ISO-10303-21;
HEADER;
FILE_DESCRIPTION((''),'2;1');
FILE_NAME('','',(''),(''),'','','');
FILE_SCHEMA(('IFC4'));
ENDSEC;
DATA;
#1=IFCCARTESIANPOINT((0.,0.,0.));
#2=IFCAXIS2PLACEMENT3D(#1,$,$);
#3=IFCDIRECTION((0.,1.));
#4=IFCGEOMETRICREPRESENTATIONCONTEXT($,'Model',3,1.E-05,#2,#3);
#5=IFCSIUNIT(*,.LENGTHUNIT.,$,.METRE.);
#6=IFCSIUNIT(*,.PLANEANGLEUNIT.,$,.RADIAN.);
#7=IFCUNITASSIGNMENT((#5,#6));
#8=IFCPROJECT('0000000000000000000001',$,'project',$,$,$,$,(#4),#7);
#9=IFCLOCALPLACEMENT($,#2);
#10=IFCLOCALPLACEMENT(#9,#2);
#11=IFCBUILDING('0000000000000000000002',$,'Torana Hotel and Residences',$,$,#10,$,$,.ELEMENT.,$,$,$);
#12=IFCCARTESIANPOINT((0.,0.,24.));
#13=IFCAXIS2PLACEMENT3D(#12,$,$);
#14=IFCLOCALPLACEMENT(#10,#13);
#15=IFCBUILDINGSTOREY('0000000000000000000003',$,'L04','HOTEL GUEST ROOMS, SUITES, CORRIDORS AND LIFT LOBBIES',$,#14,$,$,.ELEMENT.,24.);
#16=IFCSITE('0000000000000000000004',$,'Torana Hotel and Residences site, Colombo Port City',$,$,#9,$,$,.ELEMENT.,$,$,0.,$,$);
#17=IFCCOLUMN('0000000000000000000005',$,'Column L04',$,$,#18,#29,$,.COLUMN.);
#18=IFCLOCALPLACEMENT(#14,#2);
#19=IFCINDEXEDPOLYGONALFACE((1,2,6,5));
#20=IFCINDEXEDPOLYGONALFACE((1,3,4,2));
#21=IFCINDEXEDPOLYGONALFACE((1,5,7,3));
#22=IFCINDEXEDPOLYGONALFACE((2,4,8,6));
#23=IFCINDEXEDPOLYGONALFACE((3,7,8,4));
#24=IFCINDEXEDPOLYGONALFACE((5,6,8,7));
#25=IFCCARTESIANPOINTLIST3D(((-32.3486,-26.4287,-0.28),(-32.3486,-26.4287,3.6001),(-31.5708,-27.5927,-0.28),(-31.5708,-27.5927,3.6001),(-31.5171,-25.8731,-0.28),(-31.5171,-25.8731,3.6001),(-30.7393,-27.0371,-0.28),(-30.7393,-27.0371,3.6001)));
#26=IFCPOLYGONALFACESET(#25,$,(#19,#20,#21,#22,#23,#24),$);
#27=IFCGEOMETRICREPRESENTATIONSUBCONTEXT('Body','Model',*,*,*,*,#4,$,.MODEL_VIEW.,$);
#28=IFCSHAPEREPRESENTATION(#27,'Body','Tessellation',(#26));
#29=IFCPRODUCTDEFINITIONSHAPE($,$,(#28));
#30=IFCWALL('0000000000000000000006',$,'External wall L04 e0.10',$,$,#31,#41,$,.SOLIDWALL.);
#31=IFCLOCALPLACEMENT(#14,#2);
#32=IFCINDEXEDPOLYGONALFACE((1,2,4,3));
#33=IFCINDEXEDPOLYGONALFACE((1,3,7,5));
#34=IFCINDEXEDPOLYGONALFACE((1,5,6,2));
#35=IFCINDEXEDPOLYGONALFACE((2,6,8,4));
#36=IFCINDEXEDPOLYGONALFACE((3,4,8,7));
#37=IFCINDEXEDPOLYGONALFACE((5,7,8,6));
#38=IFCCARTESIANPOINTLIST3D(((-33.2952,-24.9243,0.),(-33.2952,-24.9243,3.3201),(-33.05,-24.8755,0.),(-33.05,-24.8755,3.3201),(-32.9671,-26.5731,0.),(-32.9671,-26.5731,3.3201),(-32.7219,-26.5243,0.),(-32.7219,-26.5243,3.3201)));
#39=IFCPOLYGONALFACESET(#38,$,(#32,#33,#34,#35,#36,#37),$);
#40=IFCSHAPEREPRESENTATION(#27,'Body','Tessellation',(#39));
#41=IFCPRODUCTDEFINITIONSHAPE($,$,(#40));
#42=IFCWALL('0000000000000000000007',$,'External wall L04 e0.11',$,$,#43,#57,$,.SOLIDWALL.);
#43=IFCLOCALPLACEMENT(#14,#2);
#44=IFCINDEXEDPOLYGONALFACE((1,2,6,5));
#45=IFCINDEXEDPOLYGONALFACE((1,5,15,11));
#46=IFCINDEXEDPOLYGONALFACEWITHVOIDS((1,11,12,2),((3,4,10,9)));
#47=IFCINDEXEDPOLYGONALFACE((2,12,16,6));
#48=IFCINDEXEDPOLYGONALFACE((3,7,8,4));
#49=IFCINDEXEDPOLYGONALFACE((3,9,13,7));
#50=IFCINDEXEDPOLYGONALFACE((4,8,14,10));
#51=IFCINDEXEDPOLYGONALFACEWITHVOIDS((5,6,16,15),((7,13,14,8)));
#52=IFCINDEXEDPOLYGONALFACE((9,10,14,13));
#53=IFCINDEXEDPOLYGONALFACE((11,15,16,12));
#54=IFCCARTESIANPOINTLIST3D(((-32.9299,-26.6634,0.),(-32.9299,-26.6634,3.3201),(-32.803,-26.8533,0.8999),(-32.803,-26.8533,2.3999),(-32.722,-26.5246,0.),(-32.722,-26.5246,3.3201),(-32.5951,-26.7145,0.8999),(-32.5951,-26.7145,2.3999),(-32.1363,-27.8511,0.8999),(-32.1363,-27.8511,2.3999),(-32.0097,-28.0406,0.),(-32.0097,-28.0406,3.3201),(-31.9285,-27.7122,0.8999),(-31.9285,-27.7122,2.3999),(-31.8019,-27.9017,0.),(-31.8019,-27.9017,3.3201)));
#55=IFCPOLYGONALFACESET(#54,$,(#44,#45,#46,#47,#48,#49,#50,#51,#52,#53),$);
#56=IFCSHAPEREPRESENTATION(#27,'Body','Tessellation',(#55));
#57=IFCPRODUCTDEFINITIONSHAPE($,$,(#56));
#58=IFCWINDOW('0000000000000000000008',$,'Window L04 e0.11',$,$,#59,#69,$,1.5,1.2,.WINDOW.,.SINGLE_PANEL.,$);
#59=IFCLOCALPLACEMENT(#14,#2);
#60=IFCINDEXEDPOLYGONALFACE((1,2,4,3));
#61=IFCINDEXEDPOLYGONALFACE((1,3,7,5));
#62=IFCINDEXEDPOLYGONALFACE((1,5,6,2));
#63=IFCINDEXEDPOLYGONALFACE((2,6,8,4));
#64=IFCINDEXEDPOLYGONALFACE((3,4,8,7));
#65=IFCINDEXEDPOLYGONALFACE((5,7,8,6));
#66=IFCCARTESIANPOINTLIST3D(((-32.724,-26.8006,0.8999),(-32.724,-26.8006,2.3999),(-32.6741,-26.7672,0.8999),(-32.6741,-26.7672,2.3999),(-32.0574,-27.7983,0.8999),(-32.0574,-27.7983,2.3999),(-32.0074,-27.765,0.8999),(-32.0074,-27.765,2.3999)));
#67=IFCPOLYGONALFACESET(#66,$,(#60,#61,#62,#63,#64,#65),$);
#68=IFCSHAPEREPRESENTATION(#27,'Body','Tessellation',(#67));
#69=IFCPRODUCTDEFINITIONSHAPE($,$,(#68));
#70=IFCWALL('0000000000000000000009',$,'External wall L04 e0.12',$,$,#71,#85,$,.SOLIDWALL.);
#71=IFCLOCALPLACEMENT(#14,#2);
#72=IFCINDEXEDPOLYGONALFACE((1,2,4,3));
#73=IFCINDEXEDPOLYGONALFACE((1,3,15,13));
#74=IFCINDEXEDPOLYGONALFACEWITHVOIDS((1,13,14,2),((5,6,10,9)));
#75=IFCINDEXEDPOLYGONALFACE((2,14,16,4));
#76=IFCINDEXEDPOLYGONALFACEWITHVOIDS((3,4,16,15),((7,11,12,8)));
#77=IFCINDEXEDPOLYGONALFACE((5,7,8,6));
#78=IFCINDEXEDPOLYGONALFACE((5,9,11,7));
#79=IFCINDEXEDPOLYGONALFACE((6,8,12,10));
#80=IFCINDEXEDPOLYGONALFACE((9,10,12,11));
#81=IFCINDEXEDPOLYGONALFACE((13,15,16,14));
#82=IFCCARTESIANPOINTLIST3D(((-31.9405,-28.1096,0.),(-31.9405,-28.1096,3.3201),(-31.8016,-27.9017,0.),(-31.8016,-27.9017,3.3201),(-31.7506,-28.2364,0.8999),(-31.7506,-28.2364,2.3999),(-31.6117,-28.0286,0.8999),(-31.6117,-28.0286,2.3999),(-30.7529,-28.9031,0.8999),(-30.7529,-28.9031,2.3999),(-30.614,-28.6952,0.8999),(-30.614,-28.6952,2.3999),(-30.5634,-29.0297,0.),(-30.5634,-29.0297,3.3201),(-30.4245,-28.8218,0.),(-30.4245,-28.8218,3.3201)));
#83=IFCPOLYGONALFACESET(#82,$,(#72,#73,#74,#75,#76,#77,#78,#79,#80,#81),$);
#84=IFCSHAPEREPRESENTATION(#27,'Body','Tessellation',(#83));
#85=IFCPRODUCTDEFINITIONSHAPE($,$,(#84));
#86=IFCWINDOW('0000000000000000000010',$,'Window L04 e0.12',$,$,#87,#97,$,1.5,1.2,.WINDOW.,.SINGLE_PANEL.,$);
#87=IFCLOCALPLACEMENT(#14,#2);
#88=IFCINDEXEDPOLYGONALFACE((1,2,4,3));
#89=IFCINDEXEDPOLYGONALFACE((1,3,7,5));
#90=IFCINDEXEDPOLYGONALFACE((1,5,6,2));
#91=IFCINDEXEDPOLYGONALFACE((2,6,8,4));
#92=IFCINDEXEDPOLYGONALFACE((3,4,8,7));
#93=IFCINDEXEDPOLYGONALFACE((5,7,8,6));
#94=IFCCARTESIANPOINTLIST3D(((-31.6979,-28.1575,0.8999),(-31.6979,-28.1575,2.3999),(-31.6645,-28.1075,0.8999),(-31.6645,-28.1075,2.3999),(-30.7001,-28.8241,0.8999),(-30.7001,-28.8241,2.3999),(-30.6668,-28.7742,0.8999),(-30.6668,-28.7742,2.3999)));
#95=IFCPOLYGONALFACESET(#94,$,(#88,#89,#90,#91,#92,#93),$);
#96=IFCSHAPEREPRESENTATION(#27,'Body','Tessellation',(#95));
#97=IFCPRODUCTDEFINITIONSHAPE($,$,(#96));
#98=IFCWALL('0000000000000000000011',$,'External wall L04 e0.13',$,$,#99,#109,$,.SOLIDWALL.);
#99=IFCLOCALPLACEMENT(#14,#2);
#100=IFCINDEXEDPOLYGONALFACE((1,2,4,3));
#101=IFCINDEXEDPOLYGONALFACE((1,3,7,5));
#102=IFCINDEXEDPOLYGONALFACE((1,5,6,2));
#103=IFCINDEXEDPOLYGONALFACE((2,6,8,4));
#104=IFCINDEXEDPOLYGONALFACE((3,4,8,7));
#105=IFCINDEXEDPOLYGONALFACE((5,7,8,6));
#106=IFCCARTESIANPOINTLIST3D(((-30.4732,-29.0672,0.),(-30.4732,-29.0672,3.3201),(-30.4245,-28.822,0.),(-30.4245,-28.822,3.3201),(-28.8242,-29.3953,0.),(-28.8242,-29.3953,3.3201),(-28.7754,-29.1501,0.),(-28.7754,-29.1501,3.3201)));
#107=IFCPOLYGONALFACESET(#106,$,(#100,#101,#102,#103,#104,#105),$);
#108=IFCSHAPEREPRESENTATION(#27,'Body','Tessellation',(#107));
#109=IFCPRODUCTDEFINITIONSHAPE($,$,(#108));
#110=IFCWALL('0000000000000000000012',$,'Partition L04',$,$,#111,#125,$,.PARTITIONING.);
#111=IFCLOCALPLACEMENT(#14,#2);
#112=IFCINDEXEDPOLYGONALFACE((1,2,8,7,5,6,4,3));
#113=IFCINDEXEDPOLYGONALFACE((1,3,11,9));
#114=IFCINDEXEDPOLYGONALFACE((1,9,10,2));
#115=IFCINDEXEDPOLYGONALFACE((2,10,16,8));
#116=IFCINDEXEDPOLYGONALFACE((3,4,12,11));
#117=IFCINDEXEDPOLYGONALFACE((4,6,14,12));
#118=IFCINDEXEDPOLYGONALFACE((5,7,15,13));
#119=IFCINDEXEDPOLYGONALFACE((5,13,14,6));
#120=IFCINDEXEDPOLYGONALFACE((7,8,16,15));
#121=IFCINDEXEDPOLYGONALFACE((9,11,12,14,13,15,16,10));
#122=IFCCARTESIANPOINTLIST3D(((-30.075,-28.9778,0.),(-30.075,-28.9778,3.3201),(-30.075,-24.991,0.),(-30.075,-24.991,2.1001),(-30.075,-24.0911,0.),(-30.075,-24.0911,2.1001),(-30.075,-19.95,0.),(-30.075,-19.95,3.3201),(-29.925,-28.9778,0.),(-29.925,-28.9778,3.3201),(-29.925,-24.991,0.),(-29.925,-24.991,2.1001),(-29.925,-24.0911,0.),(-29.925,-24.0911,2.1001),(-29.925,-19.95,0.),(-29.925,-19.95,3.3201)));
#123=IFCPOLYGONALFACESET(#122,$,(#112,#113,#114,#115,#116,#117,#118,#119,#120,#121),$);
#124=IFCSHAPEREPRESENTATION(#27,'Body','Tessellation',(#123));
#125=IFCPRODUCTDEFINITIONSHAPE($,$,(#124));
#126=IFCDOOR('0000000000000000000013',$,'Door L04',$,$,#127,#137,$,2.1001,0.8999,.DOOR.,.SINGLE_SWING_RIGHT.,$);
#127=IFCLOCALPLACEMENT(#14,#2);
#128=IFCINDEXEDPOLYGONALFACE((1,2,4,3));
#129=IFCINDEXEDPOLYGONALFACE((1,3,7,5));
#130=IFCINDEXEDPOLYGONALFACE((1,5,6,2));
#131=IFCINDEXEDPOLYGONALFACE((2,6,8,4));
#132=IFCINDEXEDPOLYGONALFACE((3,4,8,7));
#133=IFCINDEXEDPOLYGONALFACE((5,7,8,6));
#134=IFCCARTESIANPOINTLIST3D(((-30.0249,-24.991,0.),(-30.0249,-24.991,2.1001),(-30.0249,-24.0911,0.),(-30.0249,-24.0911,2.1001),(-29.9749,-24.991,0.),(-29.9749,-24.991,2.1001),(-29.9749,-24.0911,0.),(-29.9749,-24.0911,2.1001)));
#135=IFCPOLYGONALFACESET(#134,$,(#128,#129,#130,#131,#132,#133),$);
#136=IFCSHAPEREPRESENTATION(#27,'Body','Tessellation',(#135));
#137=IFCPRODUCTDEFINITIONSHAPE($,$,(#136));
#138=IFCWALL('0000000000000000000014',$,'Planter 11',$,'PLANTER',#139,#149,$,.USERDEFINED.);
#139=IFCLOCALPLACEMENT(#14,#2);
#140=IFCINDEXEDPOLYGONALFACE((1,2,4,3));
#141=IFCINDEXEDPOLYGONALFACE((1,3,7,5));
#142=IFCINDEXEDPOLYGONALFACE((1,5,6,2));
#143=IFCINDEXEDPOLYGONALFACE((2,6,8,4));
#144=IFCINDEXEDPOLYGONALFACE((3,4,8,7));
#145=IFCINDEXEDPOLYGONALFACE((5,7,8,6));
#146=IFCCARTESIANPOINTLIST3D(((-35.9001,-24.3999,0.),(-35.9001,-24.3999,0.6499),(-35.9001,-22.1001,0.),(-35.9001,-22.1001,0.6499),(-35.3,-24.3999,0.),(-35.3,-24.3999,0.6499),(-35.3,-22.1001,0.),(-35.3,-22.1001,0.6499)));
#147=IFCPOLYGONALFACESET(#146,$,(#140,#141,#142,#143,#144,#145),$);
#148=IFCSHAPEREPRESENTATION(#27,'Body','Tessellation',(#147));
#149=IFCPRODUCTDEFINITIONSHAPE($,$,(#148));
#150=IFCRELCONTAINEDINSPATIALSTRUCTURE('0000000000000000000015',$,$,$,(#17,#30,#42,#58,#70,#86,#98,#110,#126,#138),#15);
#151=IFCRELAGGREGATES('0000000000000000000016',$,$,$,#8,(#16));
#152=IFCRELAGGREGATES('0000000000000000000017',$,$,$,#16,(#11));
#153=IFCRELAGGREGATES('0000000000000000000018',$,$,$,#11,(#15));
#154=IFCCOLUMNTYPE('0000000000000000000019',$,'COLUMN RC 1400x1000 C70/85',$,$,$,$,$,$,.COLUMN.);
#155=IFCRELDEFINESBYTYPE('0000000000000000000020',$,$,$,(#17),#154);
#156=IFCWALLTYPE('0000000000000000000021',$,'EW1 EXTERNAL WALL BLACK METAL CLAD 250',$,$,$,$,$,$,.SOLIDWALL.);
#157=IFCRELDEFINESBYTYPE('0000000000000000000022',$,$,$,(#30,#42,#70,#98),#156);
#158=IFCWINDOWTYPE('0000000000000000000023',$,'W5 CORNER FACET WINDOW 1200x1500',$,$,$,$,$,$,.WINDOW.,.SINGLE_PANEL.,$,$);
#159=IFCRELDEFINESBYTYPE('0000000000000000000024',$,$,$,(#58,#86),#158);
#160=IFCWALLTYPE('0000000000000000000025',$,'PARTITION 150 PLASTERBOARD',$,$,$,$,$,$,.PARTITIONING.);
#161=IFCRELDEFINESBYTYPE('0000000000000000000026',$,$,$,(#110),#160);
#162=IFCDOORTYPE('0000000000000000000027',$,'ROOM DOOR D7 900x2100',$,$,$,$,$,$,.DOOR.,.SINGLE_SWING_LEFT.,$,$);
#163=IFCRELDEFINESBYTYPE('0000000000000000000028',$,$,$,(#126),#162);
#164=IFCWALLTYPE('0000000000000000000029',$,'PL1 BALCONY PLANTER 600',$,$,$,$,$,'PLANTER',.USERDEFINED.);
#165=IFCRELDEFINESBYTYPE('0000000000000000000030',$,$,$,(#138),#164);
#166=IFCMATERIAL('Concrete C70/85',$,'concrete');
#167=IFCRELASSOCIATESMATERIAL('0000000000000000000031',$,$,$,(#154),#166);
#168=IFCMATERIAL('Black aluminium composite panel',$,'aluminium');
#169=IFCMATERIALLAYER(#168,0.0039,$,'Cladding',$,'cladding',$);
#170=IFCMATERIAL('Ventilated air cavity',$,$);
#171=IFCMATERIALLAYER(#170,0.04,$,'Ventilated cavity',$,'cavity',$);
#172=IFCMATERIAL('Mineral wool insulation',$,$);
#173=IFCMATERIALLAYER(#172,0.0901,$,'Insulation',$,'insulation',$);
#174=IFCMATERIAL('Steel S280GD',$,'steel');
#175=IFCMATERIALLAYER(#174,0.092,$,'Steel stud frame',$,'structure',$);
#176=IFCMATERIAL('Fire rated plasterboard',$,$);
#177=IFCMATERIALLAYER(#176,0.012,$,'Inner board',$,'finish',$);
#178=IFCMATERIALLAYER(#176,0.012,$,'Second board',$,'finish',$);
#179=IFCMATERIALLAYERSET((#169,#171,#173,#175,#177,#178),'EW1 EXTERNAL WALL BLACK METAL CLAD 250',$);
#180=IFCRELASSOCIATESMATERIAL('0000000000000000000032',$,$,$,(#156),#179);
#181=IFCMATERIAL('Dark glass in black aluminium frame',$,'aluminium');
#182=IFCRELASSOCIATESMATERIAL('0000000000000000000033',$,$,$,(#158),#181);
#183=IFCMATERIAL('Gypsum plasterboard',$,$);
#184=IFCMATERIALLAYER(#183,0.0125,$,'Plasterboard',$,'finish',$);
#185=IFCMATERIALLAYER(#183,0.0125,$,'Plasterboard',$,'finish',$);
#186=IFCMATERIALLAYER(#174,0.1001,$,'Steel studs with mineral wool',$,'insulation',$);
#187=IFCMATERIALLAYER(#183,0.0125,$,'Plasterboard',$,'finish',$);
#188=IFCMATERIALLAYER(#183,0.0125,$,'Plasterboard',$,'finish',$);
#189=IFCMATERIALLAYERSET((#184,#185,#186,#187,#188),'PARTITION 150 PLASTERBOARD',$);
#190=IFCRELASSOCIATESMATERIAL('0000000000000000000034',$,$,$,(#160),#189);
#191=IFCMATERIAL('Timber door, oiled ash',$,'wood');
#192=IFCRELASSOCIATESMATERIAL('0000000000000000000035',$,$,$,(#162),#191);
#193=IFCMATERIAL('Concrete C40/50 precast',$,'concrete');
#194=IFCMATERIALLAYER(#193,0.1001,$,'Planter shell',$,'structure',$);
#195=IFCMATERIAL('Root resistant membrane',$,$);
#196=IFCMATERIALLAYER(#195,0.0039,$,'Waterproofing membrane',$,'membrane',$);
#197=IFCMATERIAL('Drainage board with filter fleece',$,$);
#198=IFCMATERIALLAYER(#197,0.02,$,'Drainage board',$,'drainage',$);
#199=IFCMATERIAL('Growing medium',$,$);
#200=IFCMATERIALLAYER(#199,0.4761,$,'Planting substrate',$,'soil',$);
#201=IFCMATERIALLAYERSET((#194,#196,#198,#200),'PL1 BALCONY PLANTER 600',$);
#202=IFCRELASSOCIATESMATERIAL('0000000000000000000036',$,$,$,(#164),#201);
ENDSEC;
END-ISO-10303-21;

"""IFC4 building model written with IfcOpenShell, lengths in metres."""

from ifc_helpers import new_model, si_unit, direction, frame, frame_2d, origin, origin_2d, place, context, subcontext, project, spatial, rectangle, extrude, material, layer, layer_set, material_profile, profile_set, type_object, element, fill, save


model = new_model("IFC4")

# Units and contexts
model_context = context("Model", 3, precision=1e-05, world=origin(), true_north=direction((0.0, 1.0)))
body_context = subcontext(model_context, "Body", "Model", "MODEL_VIEW")
ifc_project = project(units=[si_unit("LENGTHUNIT", "METRE"), si_unit("PLANEANGLEUNIT", "RADIAN")], contexts=[model_context])

# Site, building, storey
site_placement = place(None, origin())
site = spatial("IfcSite", under=ifc_project, at=site_placement, Name="Torana Hotel and Residences site, Colombo Port City", CompositionType="ELEMENT", RefElevation=0.0)
building_placement = place(site_placement, origin())
building = spatial("IfcBuilding", under=site, at=building_placement, Name="Torana Hotel and Residences", CompositionType="ELEMENT")
storey_placement = place(building_placement, frame((0.0, 0.0, 24.0)))
storey = spatial("IfcBuildingStorey", under=building, at=storey_placement, Name="L04", Description="HOTEL GUEST ROOMS, SUITES, CORRIDORS AND LIFT LOBBIES", CompositionType="ELEMENT", Elevation=24.0)

# Column
ifc_material_1 = material(Name="Concrete C70/85", Category="concrete")
ifc_material_profile = material_profile(ifc_material_1, rectangle(XDim=1.3999, YDim=1.0, at=origin_2d()), Name="RC 1400x1000")
ifc_profile_set = profile_set([ifc_material_profile], Name="Concrete C70/85")
column_type = type_object("IfcColumnType", Name="COLUMN RC 1400x1000 C70/85", PredefinedType="COLUMN", material=ifc_profile_set)
column_placement = place(storey_placement, frame((-31.5439, -26.7329, -0.28), z_axis=(0.0, 0.0, 1.0), x_axis=(-0.555585, 0.83146, 0.0)))
element("IfcColumn", 1, at=column_placement, inside=storey, type_object=column_type, Name="Column L04", PredefinedType="COLUMN", context=body_context, shape_type="SweptSolid", body=[
    extrude(rectangle(XDim=1.3999, YDim=1.0, at=origin_2d()), origin(), (0.0, 0.0, 1.0), 3.8801),
])

# Wall
ifc_material_2 = material(Name="Black aluminium composite panel", Category="aluminium")
ifc_layer_1 = layer(ifc_material_2, 0.0039, Name="Cladding", Category="cladding")
ifc_material_3 = material(Name="Ventilated air cavity")
ifc_layer_2 = layer(ifc_material_3, 0.04, Name="Ventilated cavity", Category="cavity")
ifc_material_4 = material(Name="Mineral wool insulation")
ifc_layer_3 = layer(ifc_material_4, 0.0901, Name="Insulation", Category="insulation")
ifc_material_5 = material(Name="Steel S280GD", Category="steel")
ifc_layer_4 = layer(ifc_material_5, 0.092, Name="Steel stud frame", Category="structure")
ifc_material_6 = material(Name="Fire rated plasterboard")
ifc_layer_5 = layer(ifc_material_6, 0.012, Name="Inner board", Category="finish")
ifc_layer_6 = layer(ifc_material_6, 0.012, Name="Second board", Category="finish")
ifc_layer_set_1 = layer_set([ifc_layer_1, ifc_layer_2, ifc_layer_3, ifc_layer_4, ifc_layer_5, ifc_layer_6], Name="EW1 EXTERNAL WALL BLACK METAL CLAD 250")
wall_type_1 = type_object("IfcWallType", Name="EW1 EXTERNAL WALL BLACK METAL CLAD 250", PredefinedType="SOLIDWALL", material=ifc_layer_set_1)
wall_1_placement = place(storey_placement, frame((-33.1726, -24.8999, 0.0), z_axis=(0.0, 0.0, 1.0), x_axis=(0.195167, -0.98077, 0.0)))
element("IfcWall", 2, at=wall_1_placement, inside=storey, type_object=wall_type_1, Name="External wall L04 e0.10", PredefinedType="SOLIDWALL", context=body_context, shape_type="SweptSolid", body=[
    extrude(rectangle(XDim=1.6812, YDim=0.25, at=frame_2d((0.8406, 0.0))), origin(), (0.0, 0.0, 1.0), 3.3201),
])

# Walls, openings, windows
wall_2_placement = place(storey_placement, frame((-32.8259, -26.594, 0.0), z_axis=(0.0, 0.0, 1.0), x_axis=(0.55555, -0.831483, 0.0)))
wall_2 = element("IfcWall", 3, at=wall_2_placement, inside=storey, type_object=wall_type_1, Name="External wall L04 e0.11", PredefinedType="SOLIDWALL", context=body_context, shape_type="SweptSolid", body=[
    extrude(rectangle(XDim=1.6562, YDim=0.25, at=frame_2d((0.8281, 0.0))), origin(), (0.0, 0.0, 1.0), 3.3201),
])
opening_1_placement = place(wall_2_placement, frame((0.2283, 0.0, 0.8999)))
opening_1 = element("IfcOpeningElement", 4, at=opening_1_placement, cuts=wall_2, PredefinedType="OPENING", context=body_context, shape_type="SweptSolid", body=[
    extrude(rectangle(XDim=1.2, YDim=1.5, at=frame_2d((0.6001, 0.75))), frame((0.0, 0.135, 0.0), z_axis=(0.0, -1.0, 0.0), x_axis=(1.0, 0.0, 0.0)), (0.0, 0.0, 1.0), 0.27),
])
ifc_material_7 = material(Name="Dark glass in black aluminium frame", Category="aluminium")
window_type = type_object("IfcWindowType", Name="W5 CORNER FACET WINDOW 1200x1500", PartitioningType="SINGLE_PANEL", PredefinedType="WINDOW", material=ifc_material_7)
window_1_placement = place(opening_1_placement, origin())
window_1 = element("IfcWindow", 5, at=window_1_placement, inside=storey, type_object=window_type, Name="Window L04 e0.11", OverallHeight=1.5, OverallWidth=1.2, PartitioningType="SINGLE_PANEL", PredefinedType="WINDOW", context=body_context, shape_type="SweptSolid", body=[
    extrude(rectangle(XDim=1.2, YDim=1.5, at=frame_2d((0.6001, 0.75))), frame((0.0, 0.03, 0.0), z_axis=(0.0, -1.0, 0.0), x_axis=(1.0, 0.0, 0.0)), (0.0, 0.0, 1.0), 0.0601),
])
fill(opening_1, window_1)
wall_3_placement = place(storey_placement, frame((-31.8711, -28.0056, 0.0), z_axis=(0.0, 0.0, 1.0), x_axis=(0.831483, -0.55555, 0.0)))
wall_3 = element("IfcWall", 6, at=wall_3_placement, inside=storey, type_object=wall_type_1, Name="External wall L04 e0.12", PredefinedType="SOLIDWALL", context=body_context, shape_type="SweptSolid", body=[
    extrude(rectangle(XDim=1.6562, YDim=0.25, at=frame_2d((0.8281, 0.0))), origin(), (0.0, 0.0, 1.0), 3.3201),
])
opening_2_placement = place(wall_3_placement, frame((0.2283, 0.0, 0.8999)))
opening_2 = element("IfcOpeningElement", 7, at=opening_2_placement, cuts=wall_3, PredefinedType="OPENING", context=body_context, shape_type="SweptSolid", body=[
    extrude(rectangle(XDim=1.2, YDim=1.5, at=frame_2d((0.6001, 0.75))), frame((0.0, 0.135, 0.0), z_axis=(0.0, -1.0, 0.0), x_axis=(1.0, 0.0, 0.0)), (0.0, 0.0, 1.0), 0.27),
])
window_2_placement = place(opening_2_placement, origin())
window_2 = element("IfcWindow", 8, at=window_2_placement, inside=storey, type_object=window_type, Name="Window L04 e0.12", OverallHeight=1.5, OverallWidth=1.2, PartitioningType="SINGLE_PANEL", PredefinedType="WINDOW", context=body_context, shape_type="SweptSolid", body=[
    extrude(rectangle(XDim=1.2, YDim=1.5, at=frame_2d((0.6001, 0.75))), frame((0.0, 0.03, 0.0), z_axis=(0.0, -1.0, 0.0), x_axis=(1.0, 0.0, 0.0)), (0.0, 0.0, 1.0), 0.0601),
])
fill(opening_2, window_2)

# Wall
wall_4_placement = place(storey_placement, frame((-30.449, -28.9446, 0.0), z_axis=(0.0, 0.0, 1.0), x_axis=(0.980776, -0.195139, 0.0)))
element("IfcWall", 9, at=wall_4_placement, inside=storey, type_object=wall_type_1, Name="External wall L04 e0.13", PredefinedType="SOLIDWALL", context=body_context, shape_type="SweptSolid", body=[
    extrude(rectangle(XDim=1.6814, YDim=0.25, at=frame_2d((0.8408, 0.0))), origin(), (0.0, 0.0, 1.0), 3.3201),
])

# Wall, opening, door
ifc_material_8 = material(Name="Gypsum plasterboard")
ifc_layer_7 = layer(ifc_material_8, 0.0125, Name="Plasterboard", Category="finish")
ifc_layer_8 = layer(ifc_material_8, 0.0125, Name="Plasterboard", Category="finish")
ifc_layer_9 = layer(ifc_material_5, 0.1001, Name="Steel studs with mineral wool", Category="insulation")
ifc_layer_10 = layer(ifc_material_8, 0.0125, Name="Plasterboard", Category="finish")
ifc_layer_11 = layer(ifc_material_8, 0.0125, Name="Plasterboard", Category="finish")
ifc_layer_set_2 = layer_set([ifc_layer_7, ifc_layer_8, ifc_layer_9, ifc_layer_10, ifc_layer_11], Name="PARTITION 150 PLASTERBOARD")
wall_type_2 = type_object("IfcWallType", Name="PARTITION 150 PLASTERBOARD", PredefinedType="PARTITIONING", material=ifc_layer_set_2)
wall_5_placement = place(storey_placement, frame((-30.0, -28.9778, 0.0), z_axis=(0.0, 0.0, 1.0), x_axis=(0.0, 1.0, 0.0)))
wall_5 = element("IfcWall", 10, at=wall_5_placement, inside=storey, type_object=wall_type_2, Name="Partition L04", PredefinedType="PARTITIONING", context=body_context, shape_type="SweptSolid", body=[
    extrude(rectangle(XDim=9.0278, YDim=0.1499, at=frame_2d((4.5139, 0.0))), origin(), (0.0, 0.0, 1.0), 3.3201),
])
opening_3_placement = place(wall_5_placement, frame((3.9868, 0.0, 0.0)))
opening_3 = element("IfcOpeningElement", 11, at=opening_3_placement, cuts=wall_5, PredefinedType="OPENING", context=body_context, shape_type="SweptSolid", body=[
    extrude(rectangle(XDim=0.8999, YDim=2.1001, at=frame_2d((0.45, 1.05))), frame((0.0, 0.085, 0.0), z_axis=(0.0, -1.0, 0.0), x_axis=(1.0, 0.0, 0.0)), (0.0, 0.0, 1.0), 0.1699),
])
ifc_material_9 = material(Name="Timber door, oiled ash", Category="wood")
door_type = type_object("IfcDoorType", Name="ROOM DOOR D7 900x2100", OperationType="SINGLE_SWING_LEFT", PredefinedType="DOOR", material=ifc_material_9)
door_placement = place(opening_3_placement, origin())
door = element("IfcDoor", 12, at=door_placement, inside=storey, type_object=door_type, Name="Door L04", OperationType="SINGLE_SWING_RIGHT", OverallHeight=2.1001, OverallWidth=0.8999, PredefinedType="DOOR", context=body_context, shape_type="SweptSolid", body=[
    extrude(rectangle(XDim=0.8999, YDim=2.1001, at=frame_2d((0.45, 1.05))), frame((0.0, 0.0249, 0.0), z_axis=(0.0, -1.0, 0.0), x_axis=(1.0, 0.0, 0.0)), (0.0, 0.0, 1.0), 0.05),
])
fill(opening_3, door)

# Wall
ifc_material_10 = material(Name="Concrete C40/50 precast", Category="concrete")
ifc_layer_12 = layer(ifc_material_10, 0.1001, Name="Planter shell", Category="structure")
ifc_material_11 = material(Name="Root resistant membrane")
ifc_layer_13 = layer(ifc_material_11, 0.0039, Name="Waterproofing membrane", Category="membrane")
ifc_material_12 = material(Name="Drainage board with filter fleece")
ifc_layer_14 = layer(ifc_material_12, 0.02, Name="Drainage board", Category="drainage")
ifc_material_13 = material(Name="Growing medium")
ifc_layer_15 = layer(ifc_material_13, 0.4761, Name="Planting substrate", Category="soil")
ifc_layer_set_3 = layer_set([ifc_layer_12, ifc_layer_13, ifc_layer_14, ifc_layer_15], Name="PL1 BALCONY PLANTER 600")
wall_type_3 = type_object("IfcWallType", Name="PL1 BALCONY PLANTER 600", ElementType="PLANTER", PredefinedType="USERDEFINED", material=ifc_layer_set_3)
wall_6_placement = place(storey_placement, frame((-35.6001, -24.3999, 0.0), z_axis=(0.0, 0.0, 1.0), x_axis=(0.0, 1.0, 0.0)))
element("IfcWall", 13, at=wall_6_placement, inside=storey, type_object=wall_type_3, Name="Planter 11", ObjectType="PLANTER", PredefinedType="USERDEFINED", context=body_context, shape_type="SweptSolid", body=[
    extrude(rectangle(XDim=2.2998, YDim=0.6001, at=frame_2d((1.1499, 0.0))), origin(), (0.0, 0.0, 1.0), 0.6499),
])

save(model, "model.ifc")
